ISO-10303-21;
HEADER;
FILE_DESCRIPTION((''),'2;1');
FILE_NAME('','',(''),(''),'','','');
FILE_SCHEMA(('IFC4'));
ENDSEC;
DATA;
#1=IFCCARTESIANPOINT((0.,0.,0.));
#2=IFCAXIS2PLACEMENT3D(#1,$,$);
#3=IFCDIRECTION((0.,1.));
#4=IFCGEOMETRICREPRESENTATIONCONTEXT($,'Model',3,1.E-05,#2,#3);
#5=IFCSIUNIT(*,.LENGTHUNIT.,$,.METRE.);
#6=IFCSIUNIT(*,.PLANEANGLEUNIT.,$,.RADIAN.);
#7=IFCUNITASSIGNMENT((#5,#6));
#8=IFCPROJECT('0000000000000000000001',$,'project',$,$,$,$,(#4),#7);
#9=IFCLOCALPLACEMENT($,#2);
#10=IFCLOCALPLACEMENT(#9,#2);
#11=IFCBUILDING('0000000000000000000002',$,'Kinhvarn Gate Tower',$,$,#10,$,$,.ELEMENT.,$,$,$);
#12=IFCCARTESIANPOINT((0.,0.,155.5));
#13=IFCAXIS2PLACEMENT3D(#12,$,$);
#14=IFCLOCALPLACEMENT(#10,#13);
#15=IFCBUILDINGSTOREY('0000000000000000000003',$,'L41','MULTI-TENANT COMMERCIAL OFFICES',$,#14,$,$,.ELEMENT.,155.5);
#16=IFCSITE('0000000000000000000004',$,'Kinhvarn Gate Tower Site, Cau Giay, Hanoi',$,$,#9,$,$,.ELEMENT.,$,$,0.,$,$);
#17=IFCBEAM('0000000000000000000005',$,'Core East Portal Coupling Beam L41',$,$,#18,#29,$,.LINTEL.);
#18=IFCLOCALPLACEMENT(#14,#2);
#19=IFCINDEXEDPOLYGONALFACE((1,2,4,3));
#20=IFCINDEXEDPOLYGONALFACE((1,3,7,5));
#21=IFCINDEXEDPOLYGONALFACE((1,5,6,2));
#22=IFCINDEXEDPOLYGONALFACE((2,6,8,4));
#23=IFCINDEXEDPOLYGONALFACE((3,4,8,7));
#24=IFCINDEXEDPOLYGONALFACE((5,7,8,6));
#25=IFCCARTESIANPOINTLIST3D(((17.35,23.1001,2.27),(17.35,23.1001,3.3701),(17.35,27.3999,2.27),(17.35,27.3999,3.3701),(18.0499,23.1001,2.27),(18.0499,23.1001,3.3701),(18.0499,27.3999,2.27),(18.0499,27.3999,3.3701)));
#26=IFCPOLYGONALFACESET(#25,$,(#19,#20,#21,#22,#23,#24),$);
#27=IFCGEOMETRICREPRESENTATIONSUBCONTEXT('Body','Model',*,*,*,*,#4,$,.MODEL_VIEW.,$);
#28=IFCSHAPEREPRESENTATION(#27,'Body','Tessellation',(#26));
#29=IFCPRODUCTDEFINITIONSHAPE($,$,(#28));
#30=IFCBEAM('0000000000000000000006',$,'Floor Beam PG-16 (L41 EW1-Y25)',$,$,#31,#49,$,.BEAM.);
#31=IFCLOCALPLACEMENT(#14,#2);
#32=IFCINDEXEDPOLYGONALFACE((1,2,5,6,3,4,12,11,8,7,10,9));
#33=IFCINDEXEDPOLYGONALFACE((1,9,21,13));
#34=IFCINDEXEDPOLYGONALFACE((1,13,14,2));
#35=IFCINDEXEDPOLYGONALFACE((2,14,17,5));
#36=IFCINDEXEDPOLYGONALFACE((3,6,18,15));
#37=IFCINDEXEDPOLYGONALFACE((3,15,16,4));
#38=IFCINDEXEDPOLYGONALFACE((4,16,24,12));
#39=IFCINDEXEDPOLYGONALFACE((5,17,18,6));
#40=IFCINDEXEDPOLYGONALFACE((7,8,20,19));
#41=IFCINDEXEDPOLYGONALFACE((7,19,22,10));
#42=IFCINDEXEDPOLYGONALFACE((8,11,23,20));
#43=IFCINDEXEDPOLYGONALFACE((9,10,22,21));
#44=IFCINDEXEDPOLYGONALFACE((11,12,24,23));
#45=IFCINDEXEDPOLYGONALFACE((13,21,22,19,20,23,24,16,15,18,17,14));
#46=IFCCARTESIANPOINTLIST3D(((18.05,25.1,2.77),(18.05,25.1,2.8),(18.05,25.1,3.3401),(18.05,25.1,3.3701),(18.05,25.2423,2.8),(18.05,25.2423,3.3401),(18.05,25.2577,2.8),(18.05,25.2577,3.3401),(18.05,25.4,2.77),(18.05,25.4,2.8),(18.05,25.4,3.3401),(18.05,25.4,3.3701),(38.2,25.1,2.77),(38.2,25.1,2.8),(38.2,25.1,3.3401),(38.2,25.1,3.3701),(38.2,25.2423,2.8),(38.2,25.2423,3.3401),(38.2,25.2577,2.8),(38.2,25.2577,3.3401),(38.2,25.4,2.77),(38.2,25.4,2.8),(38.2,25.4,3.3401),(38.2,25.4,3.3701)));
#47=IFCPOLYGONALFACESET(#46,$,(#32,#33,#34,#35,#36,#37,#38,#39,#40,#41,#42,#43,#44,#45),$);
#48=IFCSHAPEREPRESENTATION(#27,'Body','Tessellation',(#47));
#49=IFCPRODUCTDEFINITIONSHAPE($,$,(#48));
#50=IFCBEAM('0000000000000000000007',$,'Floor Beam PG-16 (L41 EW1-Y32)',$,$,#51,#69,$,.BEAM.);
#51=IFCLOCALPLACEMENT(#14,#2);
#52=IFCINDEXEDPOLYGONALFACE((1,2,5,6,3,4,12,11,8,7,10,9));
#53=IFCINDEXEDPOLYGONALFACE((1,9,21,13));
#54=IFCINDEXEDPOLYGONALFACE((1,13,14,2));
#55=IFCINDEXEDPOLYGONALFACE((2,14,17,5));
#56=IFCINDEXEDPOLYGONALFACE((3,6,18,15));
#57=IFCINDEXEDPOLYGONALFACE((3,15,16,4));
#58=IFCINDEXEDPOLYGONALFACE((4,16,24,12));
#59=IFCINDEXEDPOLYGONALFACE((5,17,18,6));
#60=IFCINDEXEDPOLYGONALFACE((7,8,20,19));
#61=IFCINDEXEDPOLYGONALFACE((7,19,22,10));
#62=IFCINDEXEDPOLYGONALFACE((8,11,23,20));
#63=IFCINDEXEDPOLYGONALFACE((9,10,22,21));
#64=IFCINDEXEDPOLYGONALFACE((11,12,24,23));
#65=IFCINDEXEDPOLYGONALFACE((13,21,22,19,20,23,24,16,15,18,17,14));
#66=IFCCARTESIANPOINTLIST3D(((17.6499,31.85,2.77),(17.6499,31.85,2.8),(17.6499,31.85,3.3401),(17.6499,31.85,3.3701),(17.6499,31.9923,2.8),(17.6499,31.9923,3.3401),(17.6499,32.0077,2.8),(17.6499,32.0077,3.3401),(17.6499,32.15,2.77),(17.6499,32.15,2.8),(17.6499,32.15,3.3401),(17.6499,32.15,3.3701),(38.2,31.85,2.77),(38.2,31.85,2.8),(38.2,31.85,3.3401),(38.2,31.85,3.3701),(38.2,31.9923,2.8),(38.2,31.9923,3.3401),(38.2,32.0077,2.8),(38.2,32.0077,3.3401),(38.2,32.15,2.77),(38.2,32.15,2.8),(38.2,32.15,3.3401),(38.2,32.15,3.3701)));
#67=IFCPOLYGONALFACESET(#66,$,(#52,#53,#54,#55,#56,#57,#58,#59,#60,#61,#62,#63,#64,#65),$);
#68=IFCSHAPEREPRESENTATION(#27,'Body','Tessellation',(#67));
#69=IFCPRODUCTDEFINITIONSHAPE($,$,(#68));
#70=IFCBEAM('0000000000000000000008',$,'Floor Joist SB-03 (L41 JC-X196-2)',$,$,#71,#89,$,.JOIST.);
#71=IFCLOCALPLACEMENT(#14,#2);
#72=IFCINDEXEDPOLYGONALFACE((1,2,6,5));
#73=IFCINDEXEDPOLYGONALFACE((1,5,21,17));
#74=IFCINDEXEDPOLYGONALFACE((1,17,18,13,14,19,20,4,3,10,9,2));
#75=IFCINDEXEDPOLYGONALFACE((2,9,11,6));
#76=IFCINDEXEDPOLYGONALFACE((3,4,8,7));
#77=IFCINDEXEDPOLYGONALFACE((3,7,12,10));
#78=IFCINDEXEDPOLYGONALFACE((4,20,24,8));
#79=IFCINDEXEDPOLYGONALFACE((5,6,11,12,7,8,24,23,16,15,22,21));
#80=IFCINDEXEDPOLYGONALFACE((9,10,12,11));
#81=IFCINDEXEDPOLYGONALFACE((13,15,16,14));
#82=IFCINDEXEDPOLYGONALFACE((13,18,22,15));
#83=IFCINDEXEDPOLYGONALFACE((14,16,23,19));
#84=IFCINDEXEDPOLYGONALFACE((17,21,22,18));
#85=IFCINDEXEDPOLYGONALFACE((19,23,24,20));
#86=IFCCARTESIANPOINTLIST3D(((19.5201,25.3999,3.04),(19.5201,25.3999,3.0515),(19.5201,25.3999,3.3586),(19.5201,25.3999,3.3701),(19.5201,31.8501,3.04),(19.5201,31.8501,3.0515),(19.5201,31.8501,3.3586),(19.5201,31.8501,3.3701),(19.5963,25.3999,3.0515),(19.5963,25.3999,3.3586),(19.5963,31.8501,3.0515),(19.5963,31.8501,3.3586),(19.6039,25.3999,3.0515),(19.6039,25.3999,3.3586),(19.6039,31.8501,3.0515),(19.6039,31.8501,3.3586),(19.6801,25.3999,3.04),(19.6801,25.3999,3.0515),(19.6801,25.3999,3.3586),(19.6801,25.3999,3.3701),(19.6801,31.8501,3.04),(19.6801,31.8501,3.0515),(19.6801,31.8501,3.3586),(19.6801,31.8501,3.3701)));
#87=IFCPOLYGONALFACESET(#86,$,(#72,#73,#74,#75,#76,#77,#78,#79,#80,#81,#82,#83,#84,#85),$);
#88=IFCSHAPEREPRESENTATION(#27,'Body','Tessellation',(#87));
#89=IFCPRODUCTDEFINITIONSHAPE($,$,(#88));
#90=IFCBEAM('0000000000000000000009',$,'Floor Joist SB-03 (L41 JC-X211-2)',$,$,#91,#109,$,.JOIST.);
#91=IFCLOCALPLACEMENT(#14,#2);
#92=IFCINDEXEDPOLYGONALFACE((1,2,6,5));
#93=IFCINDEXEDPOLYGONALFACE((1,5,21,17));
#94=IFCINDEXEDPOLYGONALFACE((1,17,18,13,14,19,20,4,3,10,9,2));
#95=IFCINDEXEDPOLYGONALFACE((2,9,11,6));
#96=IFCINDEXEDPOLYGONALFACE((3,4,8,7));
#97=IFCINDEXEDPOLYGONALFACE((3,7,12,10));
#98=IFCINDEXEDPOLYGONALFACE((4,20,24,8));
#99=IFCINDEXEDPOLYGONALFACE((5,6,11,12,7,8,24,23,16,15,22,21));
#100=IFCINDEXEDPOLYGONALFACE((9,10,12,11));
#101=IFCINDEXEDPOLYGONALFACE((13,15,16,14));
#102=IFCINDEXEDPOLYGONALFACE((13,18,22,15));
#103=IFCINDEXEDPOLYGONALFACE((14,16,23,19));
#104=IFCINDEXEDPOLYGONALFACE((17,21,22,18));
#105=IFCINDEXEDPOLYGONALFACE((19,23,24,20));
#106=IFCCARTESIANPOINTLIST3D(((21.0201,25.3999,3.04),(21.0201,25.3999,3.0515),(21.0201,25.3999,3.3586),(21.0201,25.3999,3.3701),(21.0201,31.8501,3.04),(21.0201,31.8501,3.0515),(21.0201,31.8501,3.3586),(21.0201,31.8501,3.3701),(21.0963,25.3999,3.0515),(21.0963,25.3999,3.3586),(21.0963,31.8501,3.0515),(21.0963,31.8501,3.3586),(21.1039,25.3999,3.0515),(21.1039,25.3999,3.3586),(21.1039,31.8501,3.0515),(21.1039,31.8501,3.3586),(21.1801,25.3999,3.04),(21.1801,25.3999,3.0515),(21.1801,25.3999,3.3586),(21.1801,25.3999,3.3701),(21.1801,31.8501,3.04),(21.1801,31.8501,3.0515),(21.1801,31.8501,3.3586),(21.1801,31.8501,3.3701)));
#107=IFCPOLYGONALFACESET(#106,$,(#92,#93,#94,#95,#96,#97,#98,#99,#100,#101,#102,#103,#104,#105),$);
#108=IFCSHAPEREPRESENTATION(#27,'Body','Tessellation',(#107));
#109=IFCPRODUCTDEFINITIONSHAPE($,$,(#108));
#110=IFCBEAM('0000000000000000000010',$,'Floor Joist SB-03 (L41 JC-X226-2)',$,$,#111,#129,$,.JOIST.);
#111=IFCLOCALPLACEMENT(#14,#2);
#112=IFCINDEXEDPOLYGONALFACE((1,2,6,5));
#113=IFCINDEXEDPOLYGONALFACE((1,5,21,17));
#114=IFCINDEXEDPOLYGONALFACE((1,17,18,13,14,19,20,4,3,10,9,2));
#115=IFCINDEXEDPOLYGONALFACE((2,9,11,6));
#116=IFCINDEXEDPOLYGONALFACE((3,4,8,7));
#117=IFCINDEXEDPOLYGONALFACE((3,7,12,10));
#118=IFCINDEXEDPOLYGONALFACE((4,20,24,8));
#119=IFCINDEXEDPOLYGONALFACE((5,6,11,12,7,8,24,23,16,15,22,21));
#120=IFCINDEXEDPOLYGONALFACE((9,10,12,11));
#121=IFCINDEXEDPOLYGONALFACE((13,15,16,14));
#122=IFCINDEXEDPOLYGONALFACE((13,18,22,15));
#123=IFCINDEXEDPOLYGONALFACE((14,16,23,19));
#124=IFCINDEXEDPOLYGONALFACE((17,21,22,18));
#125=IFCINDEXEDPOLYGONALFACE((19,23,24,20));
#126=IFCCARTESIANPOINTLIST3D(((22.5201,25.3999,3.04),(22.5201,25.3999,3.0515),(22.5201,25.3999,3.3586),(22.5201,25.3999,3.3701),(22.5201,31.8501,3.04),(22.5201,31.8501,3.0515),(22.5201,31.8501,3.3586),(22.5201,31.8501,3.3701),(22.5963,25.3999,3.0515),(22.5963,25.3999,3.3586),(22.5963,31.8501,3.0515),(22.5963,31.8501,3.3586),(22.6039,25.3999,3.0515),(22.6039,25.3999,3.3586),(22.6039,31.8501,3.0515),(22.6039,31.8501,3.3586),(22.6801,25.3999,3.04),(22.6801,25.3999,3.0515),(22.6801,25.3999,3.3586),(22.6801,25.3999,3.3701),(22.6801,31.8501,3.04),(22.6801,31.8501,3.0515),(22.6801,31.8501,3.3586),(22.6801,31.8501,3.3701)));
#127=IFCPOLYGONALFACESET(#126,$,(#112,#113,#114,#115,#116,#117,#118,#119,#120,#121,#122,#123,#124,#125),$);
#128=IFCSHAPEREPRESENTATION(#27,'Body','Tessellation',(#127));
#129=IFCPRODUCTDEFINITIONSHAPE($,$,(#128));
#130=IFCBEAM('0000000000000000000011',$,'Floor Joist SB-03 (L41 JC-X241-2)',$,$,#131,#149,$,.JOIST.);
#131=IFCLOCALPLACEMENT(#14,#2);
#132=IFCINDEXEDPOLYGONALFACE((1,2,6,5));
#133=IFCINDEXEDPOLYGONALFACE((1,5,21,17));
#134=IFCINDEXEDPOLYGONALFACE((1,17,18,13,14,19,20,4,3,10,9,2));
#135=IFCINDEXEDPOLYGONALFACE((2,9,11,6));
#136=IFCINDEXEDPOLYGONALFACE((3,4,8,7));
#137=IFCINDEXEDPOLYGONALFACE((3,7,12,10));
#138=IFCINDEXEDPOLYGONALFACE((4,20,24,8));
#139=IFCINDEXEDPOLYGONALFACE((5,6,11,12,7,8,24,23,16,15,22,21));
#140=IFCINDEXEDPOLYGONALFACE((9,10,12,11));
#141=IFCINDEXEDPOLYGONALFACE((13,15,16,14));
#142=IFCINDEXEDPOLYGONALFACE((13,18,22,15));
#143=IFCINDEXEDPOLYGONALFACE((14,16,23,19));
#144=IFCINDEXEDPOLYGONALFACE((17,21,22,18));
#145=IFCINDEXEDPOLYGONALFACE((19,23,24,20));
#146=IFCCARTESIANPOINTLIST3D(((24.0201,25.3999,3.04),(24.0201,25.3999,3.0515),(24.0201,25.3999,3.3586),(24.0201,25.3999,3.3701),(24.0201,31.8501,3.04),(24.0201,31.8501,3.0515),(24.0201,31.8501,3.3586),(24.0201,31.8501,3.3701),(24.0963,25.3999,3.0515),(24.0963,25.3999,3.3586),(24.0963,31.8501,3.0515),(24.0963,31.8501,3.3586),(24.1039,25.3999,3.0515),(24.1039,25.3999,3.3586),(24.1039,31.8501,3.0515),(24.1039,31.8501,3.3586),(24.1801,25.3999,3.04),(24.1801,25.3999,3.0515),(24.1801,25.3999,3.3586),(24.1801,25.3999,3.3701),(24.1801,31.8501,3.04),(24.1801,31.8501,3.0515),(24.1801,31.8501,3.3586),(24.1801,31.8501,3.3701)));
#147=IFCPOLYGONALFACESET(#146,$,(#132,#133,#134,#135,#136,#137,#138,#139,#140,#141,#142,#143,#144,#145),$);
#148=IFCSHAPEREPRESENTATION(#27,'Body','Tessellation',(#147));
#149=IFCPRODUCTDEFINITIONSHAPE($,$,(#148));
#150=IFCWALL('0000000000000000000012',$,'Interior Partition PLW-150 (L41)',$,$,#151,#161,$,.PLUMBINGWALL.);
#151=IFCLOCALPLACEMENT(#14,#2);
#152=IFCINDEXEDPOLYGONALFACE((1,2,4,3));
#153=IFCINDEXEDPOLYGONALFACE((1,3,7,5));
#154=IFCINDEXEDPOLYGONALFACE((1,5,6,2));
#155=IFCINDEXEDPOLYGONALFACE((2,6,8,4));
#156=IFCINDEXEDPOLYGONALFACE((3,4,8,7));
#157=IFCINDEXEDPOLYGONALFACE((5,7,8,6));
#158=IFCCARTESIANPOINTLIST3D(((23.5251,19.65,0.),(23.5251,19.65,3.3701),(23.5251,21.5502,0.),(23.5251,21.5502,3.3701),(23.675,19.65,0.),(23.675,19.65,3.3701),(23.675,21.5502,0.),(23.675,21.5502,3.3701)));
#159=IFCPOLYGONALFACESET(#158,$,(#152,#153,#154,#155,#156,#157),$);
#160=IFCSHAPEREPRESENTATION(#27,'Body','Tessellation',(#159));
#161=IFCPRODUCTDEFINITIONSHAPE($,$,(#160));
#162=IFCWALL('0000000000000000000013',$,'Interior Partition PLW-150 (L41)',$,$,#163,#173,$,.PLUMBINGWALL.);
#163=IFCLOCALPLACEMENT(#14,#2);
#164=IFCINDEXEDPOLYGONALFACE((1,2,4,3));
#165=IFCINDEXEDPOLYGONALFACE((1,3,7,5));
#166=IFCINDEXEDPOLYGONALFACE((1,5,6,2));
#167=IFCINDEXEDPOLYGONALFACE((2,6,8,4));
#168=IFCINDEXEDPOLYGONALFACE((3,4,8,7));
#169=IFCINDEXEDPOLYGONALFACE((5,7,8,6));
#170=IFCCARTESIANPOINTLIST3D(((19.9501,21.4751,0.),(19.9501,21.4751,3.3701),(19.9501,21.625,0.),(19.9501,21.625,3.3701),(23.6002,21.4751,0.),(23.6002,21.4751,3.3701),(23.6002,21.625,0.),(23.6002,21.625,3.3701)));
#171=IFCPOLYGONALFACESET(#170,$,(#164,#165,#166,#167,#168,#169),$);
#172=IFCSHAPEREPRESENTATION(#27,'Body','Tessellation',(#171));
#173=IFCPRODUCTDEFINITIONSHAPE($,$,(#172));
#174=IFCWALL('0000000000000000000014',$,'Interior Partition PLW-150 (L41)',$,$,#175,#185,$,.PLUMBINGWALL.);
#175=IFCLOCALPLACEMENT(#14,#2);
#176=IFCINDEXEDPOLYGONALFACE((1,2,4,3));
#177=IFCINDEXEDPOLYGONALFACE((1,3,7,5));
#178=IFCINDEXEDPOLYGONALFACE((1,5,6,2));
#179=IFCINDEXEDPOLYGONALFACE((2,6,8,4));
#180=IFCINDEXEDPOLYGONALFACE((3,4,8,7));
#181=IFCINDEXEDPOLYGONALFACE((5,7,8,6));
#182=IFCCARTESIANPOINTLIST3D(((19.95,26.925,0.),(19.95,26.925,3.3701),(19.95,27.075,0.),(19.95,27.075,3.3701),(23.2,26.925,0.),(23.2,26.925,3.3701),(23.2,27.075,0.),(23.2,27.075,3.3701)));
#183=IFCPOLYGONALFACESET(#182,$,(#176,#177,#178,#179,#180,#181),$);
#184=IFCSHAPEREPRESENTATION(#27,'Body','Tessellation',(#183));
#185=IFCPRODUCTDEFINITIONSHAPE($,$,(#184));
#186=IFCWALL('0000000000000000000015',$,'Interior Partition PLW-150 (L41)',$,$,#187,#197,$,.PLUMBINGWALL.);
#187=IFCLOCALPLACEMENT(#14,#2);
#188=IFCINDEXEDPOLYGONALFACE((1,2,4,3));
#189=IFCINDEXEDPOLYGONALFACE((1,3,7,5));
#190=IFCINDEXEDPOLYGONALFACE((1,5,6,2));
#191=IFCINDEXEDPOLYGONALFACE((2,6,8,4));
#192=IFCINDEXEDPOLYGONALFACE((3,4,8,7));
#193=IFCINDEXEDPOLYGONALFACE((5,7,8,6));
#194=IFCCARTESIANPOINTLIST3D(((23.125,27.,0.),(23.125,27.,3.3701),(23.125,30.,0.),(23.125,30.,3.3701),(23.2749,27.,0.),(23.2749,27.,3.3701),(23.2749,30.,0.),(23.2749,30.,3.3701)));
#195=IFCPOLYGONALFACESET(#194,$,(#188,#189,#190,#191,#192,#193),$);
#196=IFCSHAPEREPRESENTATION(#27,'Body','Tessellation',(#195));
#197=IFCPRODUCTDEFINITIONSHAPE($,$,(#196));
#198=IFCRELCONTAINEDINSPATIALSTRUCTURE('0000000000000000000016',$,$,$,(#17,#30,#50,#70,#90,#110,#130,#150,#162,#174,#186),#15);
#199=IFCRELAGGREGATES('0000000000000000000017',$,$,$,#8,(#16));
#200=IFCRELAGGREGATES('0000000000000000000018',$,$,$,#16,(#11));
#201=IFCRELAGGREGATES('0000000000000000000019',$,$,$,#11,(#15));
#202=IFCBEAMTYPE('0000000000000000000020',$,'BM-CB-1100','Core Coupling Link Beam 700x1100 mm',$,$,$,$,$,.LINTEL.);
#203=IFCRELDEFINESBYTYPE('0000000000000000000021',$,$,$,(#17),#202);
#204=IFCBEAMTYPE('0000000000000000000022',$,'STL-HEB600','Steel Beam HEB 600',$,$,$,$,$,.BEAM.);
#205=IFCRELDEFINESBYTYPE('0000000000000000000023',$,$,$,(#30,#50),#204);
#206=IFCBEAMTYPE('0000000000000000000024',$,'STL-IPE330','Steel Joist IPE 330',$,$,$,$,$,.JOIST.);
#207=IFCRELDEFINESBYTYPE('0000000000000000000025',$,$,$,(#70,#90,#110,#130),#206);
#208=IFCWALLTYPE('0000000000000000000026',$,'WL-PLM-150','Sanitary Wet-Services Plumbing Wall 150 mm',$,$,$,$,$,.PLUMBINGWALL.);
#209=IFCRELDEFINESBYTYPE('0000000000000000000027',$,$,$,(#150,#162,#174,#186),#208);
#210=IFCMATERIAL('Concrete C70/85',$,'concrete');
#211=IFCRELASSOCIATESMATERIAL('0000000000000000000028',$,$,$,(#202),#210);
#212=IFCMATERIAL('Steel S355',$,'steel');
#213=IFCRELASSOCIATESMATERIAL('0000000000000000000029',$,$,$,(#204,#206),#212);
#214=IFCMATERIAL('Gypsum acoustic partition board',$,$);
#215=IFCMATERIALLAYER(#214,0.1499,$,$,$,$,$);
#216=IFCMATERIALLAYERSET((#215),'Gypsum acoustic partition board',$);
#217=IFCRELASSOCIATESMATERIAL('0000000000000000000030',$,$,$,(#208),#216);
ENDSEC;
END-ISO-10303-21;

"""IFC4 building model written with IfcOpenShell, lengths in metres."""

from ifc_helpers import new_model, si_unit, direction, frame, frame_2d, origin, origin_2d, place, context, subcontext, project, spatial, rectangle, i_section, extrude, material, layer, layer_set, material_profile, profile_set, type_object, element, save


model = new_model("IFC4")

# Units and contexts
model_context = context("Model", 3, precision=1e-05, world=origin(), true_north=direction((0.0, 1.0)))
body_context = subcontext(model_context, "Body", "Model", "MODEL_VIEW")
ifc_project = project(units=[si_unit("LENGTHUNIT", "METRE"), si_unit("PLANEANGLEUNIT", "RADIAN")], contexts=[model_context])

# Site, building, storey
site_placement = place(None, origin())
site = spatial("IfcSite", under=ifc_project, at=site_placement, Name="Kinhvarn Gate Tower Site, Cau Giay, Hanoi", CompositionType="ELEMENT", RefElevation=0.0)
building_placement = place(site_placement, origin())
building = spatial("IfcBuilding", under=site, at=building_placement, Name="Kinhvarn Gate Tower", CompositionType="ELEMENT")
storey_placement = place(building_placement, frame((0.0, 0.0, 155.5)))
storey = spatial("IfcBuildingStorey", under=building, at=storey_placement, Name="L41", Description="MULTI-TENANT COMMERCIAL OFFICES", CompositionType="ELEMENT", Elevation=155.5)

# Beams
ifc_material_1 = material(Name="Concrete C70/85", Category="concrete")
ifc_material_profile_1 = material_profile(ifc_material_1, rectangle(XDim=0.7, YDim=1.1001, at=origin_2d()), Name="RC 700x1100")
ifc_profile_set_1 = profile_set([ifc_material_profile_1], Name="Concrete C70/85")
beam_type_1 = type_object("IfcBeamType", Name="BM-CB-1100", Description="Core Coupling Link Beam 700x1100 mm", PredefinedType="LINTEL", material=ifc_profile_set_1)
beam_1_placement = place(storey_placement, frame((17.7, 23.1001, 2.8201), z_axis=(0.0, 1.0, 0.0), x_axis=(-1.0, 0.0, 0.0)))
element("IfcBeam", 1, at=beam_1_placement, inside=storey, type_object=beam_type_1, Name="Core East Portal Coupling Beam L41", PredefinedType="LINTEL", context=body_context, shape_type="SweptSolid", body=[
    extrude(rectangle(XDim=0.7, YDim=1.1001, at=origin_2d()), origin(), (0.0, 0.0, 1.0), 4.2998),
])
ifc_material_2 = material(Name="Steel S355", Category="steel")
ifc_material_profile_2 = material_profile(ifc_material_2, i_section(OverallWidth=0.3, OverallDepth=0.6001, WebThickness=0.0154, FlangeThickness=0.03, at=origin_2d()), Name="HEB 600")
ifc_profile_set_2 = profile_set([ifc_material_profile_2], Name="Steel S355")
beam_type_2 = type_object("IfcBeamType", Name="STL-HEB600", Description="Steel Beam HEB 600", PredefinedType="BEAM", material=ifc_profile_set_2)
beam_2_placement = place(storey_placement, frame((18.05, 25.25, 3.0701), z_axis=(1.0, 0.0, 0.0), x_axis=(0.0, 1.0, 0.0)))
element("IfcBeam", 2, at=beam_2_placement, inside=storey, type_object=beam_type_2, Name="Floor Beam PG-16 (L41 EW1-Y25)", PredefinedType="BEAM", context=body_context, shape_type="SweptSolid", body=[
    extrude(i_section(OverallWidth=0.3, OverallDepth=0.6001, WebThickness=0.0154, FlangeThickness=0.03, at=origin_2d()), origin(), (0.0, 0.0, 1.0), 20.1499),
])
beam_3_placement = place(storey_placement, frame((17.6499, 32.0, 3.0701), z_axis=(1.0, 0.0, 0.0), x_axis=(0.0, 1.0, 0.0)))
element("IfcBeam", 3, at=beam_3_placement, inside=storey, type_object=beam_type_2, Name="Floor Beam PG-16 (L41 EW1-Y32)", PredefinedType="BEAM", context=body_context, shape_type="SweptSolid", body=[
    extrude(i_section(OverallWidth=0.3, OverallDepth=0.6001, WebThickness=0.0154, FlangeThickness=0.03, at=origin_2d()), origin(), (0.0, 0.0, 1.0), 20.55),
])
ifc_material_profile_3 = material_profile(ifc_material_2, i_section(OverallWidth=0.1599, OverallDepth=0.3301, WebThickness=0.0076, FlangeThickness=0.0115, at=origin_2d()), Name="IPE 330")
ifc_profile_set_3 = profile_set([ifc_material_profile_3], Name="Steel S355")
beam_type_3 = type_object("IfcBeamType", Name="STL-IPE330", Description="Steel Joist IPE 330", PredefinedType="JOIST", material=ifc_profile_set_3)
for number, where, z_axis, x_axis, name in (
    (4, (19.6001, 25.3999, 3.2051), (0.0, 1.0, 0.0), (-1.0, 0.0, 0.0), "Floor Joist SB-03 (L41 JC-X196-2)"),
    (5, (21.1001, 25.3999, 3.2051), (0.0, 1.0, 0.0), (-1.0, 0.0, 0.0), "Floor Joist SB-03 (L41 JC-X211-2)"),
    (6, (22.6001, 25.3999, 3.2051), (0.0, 1.0, 0.0), (-1.0, 0.0, 0.0), "Floor Joist SB-03 (L41 JC-X226-2)"),
    (7, (24.1001, 25.3999, 3.2051), (0.0, 1.0, 0.0), (-1.0, 0.0, 0.0), "Floor Joist SB-03 (L41 JC-X241-2)"),
):
    element("IfcBeam", number, at=place(storey_placement, frame(where, z_axis=z_axis, x_axis=x_axis)), inside=storey, type_object=beam_type_3, Name=name, PredefinedType="JOIST", context=body_context, shape_type="SweptSolid", body=[
        extrude(i_section(OverallWidth=0.1599, OverallDepth=0.3301, WebThickness=0.0076, FlangeThickness=0.0115, at=origin_2d()), origin(), (0.0, 0.0, 1.0), 6.4502),
    ])

# Walls
ifc_material_3 = material(Name="Gypsum acoustic partition board")
ifc_layer_1 = layer(ifc_material_3, 0.1499)
ifc_layer_set_1 = layer_set([ifc_layer_1], Name="Gypsum acoustic partition board")
wall_type_1 = type_object("IfcWallType", Name="WL-PLM-150", Description="Sanitary Wet-Services Plumbing Wall 150 mm", PredefinedType="PLUMBINGWALL", material=ifc_layer_set_1)
wall_1_placement = place(storey_placement, frame((23.6001, 19.6499, 0.0), z_axis=(0.0, 0.0, 1.0), x_axis=(0.0, 1.0, 0.0)))
element("IfcWall", 8, at=wall_1_placement, inside=storey, type_object=wall_type_1, Name="Interior Partition PLW-150 (L41)", PredefinedType="PLUMBINGWALL", context=body_context, shape_type="SweptSolid", body=[
    extrude(rectangle(XDim=1.9001, YDim=0.1499, at=frame_2d((0.9502, 0.0))), origin(), (0.0, 0.0, 1.0), 3.3701),
])
wall_2_placement = place(storey_placement, frame((19.95, 21.55, 0.0), z_axis=(0.0, 0.0, 1.0), x_axis=(1.0, 0.0, 0.0)))
element("IfcWall", 9, at=wall_2_placement, inside=storey, type_object=wall_type_1, Name="Interior Partition PLW-150 (L41)", PredefinedType="PLUMBINGWALL", context=body_context, shape_type="SweptSolid", body=[
    extrude(rectangle(XDim=3.6501, YDim=0.1499, at=frame_2d((1.8252, 0.0))), origin(), (0.0, 0.0, 1.0), 3.3701),
])
wall_3_placement = place(storey_placement, frame((19.95, 27.0, 0.0), z_axis=(0.0, 0.0, 1.0), x_axis=(1.0, 0.0, 0.0)))
element("IfcWall", 10, at=wall_3_placement, inside=storey, type_object=wall_type_1, Name="Interior Partition PLW-150 (L41)", PredefinedType="PLUMBINGWALL", context=body_context, shape_type="SweptSolid", body=[
    extrude(rectangle(XDim=3.25, YDim=0.1499, at=frame_2d((1.625, 0.0))), origin(), (0.0, 0.0, 1.0), 3.3701),
])
wall_4_placement = place(storey_placement, frame((23.2, 27.0, 0.0), z_axis=(0.0, 0.0, 1.0), x_axis=(0.0, 1.0, 0.0)))
element("IfcWall", 11, at=wall_4_placement, inside=storey, type_object=wall_type_1, Name="Interior Partition PLW-150 (L41)", PredefinedType="PLUMBINGWALL", context=body_context, shape_type="SweptSolid", body=[
    extrude(rectangle(XDim=3.0, YDim=0.1499, at=frame_2d((1.5, 0.0))), origin(), (0.0, 0.0, 1.0), 3.3701),
])

save(model, "model.ifc")
